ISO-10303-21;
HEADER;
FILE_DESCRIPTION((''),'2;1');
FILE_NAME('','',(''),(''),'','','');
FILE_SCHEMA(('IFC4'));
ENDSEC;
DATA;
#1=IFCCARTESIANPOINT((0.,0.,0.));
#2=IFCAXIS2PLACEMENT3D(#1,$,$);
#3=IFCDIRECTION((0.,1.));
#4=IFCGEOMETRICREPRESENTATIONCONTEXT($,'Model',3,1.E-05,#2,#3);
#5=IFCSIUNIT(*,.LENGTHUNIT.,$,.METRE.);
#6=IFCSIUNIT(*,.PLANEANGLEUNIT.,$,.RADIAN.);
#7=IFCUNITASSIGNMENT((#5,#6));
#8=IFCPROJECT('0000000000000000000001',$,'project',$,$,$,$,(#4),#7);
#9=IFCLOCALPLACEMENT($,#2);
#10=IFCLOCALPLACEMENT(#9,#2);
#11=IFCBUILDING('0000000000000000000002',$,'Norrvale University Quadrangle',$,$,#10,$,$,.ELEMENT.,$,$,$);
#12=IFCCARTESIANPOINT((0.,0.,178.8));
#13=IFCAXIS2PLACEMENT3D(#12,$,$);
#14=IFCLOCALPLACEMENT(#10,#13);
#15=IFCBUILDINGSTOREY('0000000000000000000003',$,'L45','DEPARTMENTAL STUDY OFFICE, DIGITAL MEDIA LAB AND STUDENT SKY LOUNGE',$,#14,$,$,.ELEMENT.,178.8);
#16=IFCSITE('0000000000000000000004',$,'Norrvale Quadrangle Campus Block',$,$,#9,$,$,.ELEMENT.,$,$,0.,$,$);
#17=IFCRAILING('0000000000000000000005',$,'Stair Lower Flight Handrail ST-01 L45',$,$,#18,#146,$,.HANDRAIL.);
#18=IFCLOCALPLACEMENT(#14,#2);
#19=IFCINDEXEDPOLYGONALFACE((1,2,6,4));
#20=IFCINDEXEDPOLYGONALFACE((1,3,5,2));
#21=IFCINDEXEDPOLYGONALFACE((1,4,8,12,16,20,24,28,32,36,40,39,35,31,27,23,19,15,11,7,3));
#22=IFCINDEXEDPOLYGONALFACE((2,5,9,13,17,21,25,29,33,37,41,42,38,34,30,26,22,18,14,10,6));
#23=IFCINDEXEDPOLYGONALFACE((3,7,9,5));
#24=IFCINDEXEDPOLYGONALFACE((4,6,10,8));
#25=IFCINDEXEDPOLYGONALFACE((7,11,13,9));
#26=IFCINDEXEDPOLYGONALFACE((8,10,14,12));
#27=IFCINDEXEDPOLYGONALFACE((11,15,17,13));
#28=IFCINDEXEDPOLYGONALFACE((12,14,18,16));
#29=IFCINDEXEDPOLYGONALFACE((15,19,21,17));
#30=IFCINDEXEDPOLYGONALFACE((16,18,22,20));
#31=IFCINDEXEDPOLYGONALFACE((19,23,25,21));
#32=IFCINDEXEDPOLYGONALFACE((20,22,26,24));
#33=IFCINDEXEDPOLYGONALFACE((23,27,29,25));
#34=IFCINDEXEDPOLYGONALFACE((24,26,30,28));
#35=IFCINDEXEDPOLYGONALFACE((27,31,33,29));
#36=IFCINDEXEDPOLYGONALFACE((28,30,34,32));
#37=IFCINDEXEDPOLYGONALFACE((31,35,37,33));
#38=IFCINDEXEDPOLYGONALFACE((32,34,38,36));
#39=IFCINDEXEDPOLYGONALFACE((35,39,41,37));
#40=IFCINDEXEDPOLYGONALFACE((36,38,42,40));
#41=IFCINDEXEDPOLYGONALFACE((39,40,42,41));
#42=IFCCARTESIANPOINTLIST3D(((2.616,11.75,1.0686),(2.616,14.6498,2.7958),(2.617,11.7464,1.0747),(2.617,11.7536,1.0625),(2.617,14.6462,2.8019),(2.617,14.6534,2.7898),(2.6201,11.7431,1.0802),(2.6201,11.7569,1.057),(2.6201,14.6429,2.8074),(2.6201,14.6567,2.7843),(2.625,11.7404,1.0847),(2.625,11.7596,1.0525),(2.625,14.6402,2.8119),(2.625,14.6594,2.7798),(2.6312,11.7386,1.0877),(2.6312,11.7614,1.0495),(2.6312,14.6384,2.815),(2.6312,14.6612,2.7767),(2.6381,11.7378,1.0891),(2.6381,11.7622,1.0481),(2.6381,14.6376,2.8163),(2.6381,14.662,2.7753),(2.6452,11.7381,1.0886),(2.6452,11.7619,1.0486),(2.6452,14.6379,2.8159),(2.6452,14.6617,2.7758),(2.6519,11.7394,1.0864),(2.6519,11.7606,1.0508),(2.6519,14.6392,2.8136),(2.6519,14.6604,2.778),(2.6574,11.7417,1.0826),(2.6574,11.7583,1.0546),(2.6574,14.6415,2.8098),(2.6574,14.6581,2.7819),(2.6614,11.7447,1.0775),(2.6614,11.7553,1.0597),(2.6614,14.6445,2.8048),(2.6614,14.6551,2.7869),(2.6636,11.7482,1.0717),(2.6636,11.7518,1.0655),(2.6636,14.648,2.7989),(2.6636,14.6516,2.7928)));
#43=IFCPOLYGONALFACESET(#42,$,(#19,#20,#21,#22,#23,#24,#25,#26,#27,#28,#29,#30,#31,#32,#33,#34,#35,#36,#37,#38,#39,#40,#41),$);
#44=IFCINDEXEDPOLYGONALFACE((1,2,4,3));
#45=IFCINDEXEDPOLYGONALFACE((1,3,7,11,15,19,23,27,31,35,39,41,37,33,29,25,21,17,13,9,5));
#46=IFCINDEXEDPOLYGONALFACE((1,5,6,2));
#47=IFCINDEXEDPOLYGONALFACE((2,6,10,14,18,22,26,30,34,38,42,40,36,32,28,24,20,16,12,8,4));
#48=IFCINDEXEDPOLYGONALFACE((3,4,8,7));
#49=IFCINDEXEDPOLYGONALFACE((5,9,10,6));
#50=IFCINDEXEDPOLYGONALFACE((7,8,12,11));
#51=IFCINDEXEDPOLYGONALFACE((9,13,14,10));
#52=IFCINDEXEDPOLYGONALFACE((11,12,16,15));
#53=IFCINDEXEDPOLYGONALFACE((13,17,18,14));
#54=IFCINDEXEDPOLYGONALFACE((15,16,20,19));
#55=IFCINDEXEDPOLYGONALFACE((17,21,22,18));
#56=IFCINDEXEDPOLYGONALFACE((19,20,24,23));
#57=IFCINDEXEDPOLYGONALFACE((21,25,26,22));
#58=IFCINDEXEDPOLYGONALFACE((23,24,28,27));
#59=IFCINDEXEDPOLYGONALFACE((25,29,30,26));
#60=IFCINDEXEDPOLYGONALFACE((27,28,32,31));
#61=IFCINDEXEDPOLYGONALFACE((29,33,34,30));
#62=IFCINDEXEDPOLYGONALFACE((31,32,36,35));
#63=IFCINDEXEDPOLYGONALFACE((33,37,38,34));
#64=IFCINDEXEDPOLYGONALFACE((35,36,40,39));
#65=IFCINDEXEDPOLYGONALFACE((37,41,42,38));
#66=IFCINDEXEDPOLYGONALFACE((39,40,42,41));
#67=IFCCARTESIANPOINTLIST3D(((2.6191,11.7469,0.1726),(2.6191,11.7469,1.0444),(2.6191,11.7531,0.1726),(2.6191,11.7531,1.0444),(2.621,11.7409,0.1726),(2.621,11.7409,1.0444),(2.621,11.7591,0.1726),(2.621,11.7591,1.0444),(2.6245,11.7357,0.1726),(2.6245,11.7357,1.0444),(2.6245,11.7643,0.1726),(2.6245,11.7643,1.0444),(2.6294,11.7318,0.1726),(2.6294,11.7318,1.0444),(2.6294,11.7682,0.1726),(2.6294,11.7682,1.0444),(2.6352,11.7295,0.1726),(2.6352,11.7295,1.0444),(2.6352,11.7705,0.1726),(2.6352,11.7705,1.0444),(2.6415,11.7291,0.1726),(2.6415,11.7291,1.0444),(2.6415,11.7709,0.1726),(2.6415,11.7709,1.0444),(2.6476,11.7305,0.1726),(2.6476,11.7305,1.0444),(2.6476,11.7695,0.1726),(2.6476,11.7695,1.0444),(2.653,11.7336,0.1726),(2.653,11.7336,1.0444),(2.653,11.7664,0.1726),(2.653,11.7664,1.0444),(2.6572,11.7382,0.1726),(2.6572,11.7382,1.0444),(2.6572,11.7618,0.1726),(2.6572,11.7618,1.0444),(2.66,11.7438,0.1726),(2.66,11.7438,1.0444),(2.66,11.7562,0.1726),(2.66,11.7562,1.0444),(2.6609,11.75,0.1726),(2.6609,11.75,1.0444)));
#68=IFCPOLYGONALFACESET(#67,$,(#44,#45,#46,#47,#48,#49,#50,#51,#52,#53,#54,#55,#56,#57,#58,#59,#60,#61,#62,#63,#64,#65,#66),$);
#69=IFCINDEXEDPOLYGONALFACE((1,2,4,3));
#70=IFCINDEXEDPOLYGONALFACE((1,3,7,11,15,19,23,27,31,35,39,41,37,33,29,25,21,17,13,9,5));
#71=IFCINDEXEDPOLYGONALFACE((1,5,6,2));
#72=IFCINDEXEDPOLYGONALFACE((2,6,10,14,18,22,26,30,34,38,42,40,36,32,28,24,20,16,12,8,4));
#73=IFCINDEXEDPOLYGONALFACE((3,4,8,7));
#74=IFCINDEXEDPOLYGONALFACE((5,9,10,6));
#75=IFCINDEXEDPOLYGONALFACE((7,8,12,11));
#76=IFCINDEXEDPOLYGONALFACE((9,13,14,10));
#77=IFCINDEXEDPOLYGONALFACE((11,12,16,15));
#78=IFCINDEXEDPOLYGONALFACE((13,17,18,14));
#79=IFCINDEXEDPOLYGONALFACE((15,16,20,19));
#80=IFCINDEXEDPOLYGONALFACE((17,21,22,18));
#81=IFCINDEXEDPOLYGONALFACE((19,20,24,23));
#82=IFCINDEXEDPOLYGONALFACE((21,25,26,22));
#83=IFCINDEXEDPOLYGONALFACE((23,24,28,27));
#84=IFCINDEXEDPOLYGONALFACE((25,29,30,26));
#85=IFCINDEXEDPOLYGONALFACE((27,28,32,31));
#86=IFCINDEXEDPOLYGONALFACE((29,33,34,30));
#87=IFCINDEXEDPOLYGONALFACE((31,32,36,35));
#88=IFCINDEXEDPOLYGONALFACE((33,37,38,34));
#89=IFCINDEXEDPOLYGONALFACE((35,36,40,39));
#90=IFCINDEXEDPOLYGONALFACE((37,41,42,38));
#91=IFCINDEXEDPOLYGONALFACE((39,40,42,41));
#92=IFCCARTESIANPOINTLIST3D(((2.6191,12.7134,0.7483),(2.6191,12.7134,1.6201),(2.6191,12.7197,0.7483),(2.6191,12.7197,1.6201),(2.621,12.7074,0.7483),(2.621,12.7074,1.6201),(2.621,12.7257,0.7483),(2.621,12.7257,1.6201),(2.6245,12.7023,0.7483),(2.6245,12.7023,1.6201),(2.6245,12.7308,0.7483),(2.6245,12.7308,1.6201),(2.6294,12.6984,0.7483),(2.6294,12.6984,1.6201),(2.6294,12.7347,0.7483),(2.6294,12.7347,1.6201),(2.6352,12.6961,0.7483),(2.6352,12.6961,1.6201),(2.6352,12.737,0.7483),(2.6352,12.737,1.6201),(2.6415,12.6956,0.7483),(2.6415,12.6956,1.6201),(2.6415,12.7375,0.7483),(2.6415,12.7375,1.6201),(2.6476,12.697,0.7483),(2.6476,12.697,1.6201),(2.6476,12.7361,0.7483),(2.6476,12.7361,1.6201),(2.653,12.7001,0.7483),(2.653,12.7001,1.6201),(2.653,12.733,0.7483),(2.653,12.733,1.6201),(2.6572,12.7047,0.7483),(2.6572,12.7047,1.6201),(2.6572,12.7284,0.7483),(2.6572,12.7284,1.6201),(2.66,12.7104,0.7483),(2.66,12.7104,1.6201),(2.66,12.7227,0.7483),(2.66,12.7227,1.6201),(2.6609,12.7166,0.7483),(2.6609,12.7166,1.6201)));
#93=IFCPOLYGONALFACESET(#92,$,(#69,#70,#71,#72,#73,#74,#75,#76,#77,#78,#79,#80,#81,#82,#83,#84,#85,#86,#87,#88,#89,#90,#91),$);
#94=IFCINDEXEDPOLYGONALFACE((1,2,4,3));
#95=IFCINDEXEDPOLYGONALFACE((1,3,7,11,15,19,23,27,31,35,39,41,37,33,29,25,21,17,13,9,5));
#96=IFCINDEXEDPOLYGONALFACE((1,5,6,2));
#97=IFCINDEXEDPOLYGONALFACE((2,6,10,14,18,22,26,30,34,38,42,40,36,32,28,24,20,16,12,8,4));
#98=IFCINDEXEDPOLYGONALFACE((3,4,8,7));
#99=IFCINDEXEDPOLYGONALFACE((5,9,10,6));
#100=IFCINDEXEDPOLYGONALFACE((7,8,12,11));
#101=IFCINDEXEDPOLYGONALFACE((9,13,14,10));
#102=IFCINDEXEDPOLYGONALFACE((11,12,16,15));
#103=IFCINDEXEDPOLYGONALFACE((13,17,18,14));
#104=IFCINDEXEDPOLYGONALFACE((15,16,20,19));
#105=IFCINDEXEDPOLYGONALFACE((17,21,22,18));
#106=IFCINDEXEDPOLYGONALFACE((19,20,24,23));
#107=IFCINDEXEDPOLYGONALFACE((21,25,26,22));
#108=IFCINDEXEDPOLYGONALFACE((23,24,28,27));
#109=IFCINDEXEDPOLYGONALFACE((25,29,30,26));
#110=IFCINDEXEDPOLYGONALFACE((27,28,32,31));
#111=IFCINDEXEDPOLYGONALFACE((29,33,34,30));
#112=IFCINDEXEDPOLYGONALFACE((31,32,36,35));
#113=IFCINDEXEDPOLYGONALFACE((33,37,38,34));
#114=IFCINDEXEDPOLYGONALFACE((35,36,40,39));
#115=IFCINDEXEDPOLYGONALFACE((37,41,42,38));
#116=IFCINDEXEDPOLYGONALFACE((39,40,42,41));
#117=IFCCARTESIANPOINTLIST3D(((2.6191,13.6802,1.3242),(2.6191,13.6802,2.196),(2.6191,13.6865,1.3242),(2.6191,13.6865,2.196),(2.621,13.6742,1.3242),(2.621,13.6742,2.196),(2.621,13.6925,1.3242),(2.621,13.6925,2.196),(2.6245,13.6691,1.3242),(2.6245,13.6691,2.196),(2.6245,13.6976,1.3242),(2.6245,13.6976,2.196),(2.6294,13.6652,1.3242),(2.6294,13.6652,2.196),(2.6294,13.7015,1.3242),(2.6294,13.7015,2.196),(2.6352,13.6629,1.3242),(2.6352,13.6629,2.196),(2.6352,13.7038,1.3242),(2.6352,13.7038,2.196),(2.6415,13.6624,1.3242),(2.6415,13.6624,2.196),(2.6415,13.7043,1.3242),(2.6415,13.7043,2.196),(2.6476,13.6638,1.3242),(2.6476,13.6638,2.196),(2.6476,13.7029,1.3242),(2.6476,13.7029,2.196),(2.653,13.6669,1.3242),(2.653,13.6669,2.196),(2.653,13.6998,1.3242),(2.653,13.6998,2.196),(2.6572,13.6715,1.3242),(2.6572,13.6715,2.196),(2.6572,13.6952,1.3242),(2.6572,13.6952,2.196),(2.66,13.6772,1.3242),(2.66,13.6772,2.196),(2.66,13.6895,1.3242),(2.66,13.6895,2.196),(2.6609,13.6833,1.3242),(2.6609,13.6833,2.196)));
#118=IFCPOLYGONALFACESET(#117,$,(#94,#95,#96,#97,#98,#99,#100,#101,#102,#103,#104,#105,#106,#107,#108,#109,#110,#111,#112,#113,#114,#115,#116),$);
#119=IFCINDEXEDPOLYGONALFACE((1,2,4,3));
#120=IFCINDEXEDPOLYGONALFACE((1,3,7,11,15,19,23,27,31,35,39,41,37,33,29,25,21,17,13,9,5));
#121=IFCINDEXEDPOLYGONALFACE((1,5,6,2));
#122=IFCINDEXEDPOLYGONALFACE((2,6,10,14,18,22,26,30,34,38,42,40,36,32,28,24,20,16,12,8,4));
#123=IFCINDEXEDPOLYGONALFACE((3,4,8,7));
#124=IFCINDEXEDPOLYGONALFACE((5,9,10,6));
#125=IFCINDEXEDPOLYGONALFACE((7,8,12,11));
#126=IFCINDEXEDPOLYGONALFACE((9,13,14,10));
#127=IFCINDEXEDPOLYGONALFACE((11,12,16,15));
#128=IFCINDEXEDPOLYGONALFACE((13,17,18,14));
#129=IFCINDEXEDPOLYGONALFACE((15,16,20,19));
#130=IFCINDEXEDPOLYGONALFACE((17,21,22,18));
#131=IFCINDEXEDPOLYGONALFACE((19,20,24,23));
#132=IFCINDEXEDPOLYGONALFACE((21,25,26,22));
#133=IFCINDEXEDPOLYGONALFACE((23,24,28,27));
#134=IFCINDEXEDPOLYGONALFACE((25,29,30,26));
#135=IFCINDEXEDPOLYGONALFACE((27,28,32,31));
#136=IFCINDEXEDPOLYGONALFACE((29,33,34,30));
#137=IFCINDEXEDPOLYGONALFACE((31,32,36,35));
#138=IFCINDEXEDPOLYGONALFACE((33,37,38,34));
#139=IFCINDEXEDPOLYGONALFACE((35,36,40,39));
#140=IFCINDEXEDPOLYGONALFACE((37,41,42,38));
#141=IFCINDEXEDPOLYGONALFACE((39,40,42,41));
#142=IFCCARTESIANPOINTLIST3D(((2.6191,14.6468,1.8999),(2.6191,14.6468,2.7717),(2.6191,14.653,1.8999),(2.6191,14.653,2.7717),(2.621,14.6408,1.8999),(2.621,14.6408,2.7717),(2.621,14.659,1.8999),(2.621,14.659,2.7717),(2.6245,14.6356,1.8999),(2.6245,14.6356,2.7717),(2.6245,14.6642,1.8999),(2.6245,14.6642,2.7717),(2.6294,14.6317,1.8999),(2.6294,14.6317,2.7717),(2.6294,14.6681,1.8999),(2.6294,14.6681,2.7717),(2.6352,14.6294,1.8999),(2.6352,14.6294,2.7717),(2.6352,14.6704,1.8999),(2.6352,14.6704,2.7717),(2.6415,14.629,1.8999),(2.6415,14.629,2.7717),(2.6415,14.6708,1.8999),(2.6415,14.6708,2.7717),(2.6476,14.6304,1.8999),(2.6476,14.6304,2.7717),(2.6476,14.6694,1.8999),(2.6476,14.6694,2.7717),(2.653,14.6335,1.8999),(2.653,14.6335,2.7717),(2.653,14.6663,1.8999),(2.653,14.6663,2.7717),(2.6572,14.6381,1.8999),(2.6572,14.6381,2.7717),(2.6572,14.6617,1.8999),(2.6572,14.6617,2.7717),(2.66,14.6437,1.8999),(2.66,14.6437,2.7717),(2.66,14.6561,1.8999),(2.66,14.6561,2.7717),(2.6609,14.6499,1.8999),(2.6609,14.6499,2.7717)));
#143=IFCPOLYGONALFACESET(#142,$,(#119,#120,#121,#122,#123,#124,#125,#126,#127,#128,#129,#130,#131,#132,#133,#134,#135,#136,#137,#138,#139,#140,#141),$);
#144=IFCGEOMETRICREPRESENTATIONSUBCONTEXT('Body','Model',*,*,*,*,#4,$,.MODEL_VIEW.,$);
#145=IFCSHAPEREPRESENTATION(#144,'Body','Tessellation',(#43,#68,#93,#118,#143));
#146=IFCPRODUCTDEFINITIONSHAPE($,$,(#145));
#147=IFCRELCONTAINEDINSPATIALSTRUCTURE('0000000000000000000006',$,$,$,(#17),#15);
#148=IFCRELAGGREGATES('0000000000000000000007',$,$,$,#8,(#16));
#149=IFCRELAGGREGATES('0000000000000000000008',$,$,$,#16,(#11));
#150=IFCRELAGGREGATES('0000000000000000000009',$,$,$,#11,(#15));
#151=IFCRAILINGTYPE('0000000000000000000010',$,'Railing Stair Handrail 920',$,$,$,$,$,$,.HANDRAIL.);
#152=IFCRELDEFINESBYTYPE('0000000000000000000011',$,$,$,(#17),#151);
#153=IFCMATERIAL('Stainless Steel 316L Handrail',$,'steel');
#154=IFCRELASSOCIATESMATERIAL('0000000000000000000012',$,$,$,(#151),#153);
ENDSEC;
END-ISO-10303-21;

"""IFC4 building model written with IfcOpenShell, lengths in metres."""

from ifc_helpers import new_model, si_unit, direction, frame, origin, origin_2d, place, context, subcontext, project, spatial, circle, extrude, material, type_object, element, save


model = new_model("IFC4")

# Units and contexts
model_context = context("Model", 3, precision=1e-05, world=origin(), true_north=direction((0.0, 1.0)))
body_context = subcontext(model_context, "Body", "Model", "MODEL_VIEW")
ifc_project = project(units=[si_unit("LENGTHUNIT", "METRE"), si_unit("PLANEANGLEUNIT", "RADIAN")], contexts=[model_context])

# Site, building, storey
site_placement = place(None, origin())
site = spatial("IfcSite", under=ifc_project, at=site_placement, Name="Norrvale Quadrangle Campus Block", CompositionType="ELEMENT", RefElevation=0.0)
building_placement = place(site_placement, origin())
building = spatial("IfcBuilding", under=site, at=building_placement, Name="Norrvale University Quadrangle", CompositionType="ELEMENT")
storey_placement = place(building_placement, frame((0.0, 0.0, 178.8)))
storey = spatial("IfcBuildingStorey", under=building, at=storey_placement, Name="L45", Description="DEPARTMENTAL STUDY OFFICE, DIGITAL MEDIA LAB AND STUDENT SKY LOUNGE", CompositionType="ELEMENT", Elevation=178.8)

# Railing
ifc_material_1 = material(Name="Stainless Steel 316L Handrail", Category="steel")
railing_type_1 = type_object("IfcRailingType", Name="Railing Stair Handrail 920", PredefinedType="HANDRAIL", material=ifc_material_1)
railing_1_placement = place(storey_placement, frame((2.6399, 11.75, 0.1726)))
element("IfcRailing", 1, at=railing_1_placement, inside=storey, type_object=railing_type_1, Name="Stair Lower Flight Handrail ST-01 L45", PredefinedType="HANDRAIL", context=body_context, shape_type="SweptSolid", body=[
    extrude(circle(Radius=0.0239, at=origin_2d()), frame((0.0, 0.0, 0.896), z_axis=(0.0, 0.859141, 0.511738), x_axis=(-1.0, 0.0, 0.0)), (0.0, 0.0, 1.0), 3.3752),
    extrude(circle(Radius=0.021, at=origin_2d()), origin(), (0.0, 0.0, 1.0), 0.8718),
    extrude(circle(Radius=0.021, at=origin_2d()), frame((0.0, 0.9666, 0.5757)), (0.0, 0.0, 1.0), 0.8718),
    extrude(circle(Radius=0.021, at=origin_2d()), frame((0.0, 1.9333, 1.1516)), (0.0, 0.0, 1.0), 0.8718),
    extrude(circle(Radius=0.021, at=origin_2d()), frame((0.0, 2.8999, 1.7273)), (0.0, 0.0, 1.0), 0.8718),
])

save(model, "model.ifc")
